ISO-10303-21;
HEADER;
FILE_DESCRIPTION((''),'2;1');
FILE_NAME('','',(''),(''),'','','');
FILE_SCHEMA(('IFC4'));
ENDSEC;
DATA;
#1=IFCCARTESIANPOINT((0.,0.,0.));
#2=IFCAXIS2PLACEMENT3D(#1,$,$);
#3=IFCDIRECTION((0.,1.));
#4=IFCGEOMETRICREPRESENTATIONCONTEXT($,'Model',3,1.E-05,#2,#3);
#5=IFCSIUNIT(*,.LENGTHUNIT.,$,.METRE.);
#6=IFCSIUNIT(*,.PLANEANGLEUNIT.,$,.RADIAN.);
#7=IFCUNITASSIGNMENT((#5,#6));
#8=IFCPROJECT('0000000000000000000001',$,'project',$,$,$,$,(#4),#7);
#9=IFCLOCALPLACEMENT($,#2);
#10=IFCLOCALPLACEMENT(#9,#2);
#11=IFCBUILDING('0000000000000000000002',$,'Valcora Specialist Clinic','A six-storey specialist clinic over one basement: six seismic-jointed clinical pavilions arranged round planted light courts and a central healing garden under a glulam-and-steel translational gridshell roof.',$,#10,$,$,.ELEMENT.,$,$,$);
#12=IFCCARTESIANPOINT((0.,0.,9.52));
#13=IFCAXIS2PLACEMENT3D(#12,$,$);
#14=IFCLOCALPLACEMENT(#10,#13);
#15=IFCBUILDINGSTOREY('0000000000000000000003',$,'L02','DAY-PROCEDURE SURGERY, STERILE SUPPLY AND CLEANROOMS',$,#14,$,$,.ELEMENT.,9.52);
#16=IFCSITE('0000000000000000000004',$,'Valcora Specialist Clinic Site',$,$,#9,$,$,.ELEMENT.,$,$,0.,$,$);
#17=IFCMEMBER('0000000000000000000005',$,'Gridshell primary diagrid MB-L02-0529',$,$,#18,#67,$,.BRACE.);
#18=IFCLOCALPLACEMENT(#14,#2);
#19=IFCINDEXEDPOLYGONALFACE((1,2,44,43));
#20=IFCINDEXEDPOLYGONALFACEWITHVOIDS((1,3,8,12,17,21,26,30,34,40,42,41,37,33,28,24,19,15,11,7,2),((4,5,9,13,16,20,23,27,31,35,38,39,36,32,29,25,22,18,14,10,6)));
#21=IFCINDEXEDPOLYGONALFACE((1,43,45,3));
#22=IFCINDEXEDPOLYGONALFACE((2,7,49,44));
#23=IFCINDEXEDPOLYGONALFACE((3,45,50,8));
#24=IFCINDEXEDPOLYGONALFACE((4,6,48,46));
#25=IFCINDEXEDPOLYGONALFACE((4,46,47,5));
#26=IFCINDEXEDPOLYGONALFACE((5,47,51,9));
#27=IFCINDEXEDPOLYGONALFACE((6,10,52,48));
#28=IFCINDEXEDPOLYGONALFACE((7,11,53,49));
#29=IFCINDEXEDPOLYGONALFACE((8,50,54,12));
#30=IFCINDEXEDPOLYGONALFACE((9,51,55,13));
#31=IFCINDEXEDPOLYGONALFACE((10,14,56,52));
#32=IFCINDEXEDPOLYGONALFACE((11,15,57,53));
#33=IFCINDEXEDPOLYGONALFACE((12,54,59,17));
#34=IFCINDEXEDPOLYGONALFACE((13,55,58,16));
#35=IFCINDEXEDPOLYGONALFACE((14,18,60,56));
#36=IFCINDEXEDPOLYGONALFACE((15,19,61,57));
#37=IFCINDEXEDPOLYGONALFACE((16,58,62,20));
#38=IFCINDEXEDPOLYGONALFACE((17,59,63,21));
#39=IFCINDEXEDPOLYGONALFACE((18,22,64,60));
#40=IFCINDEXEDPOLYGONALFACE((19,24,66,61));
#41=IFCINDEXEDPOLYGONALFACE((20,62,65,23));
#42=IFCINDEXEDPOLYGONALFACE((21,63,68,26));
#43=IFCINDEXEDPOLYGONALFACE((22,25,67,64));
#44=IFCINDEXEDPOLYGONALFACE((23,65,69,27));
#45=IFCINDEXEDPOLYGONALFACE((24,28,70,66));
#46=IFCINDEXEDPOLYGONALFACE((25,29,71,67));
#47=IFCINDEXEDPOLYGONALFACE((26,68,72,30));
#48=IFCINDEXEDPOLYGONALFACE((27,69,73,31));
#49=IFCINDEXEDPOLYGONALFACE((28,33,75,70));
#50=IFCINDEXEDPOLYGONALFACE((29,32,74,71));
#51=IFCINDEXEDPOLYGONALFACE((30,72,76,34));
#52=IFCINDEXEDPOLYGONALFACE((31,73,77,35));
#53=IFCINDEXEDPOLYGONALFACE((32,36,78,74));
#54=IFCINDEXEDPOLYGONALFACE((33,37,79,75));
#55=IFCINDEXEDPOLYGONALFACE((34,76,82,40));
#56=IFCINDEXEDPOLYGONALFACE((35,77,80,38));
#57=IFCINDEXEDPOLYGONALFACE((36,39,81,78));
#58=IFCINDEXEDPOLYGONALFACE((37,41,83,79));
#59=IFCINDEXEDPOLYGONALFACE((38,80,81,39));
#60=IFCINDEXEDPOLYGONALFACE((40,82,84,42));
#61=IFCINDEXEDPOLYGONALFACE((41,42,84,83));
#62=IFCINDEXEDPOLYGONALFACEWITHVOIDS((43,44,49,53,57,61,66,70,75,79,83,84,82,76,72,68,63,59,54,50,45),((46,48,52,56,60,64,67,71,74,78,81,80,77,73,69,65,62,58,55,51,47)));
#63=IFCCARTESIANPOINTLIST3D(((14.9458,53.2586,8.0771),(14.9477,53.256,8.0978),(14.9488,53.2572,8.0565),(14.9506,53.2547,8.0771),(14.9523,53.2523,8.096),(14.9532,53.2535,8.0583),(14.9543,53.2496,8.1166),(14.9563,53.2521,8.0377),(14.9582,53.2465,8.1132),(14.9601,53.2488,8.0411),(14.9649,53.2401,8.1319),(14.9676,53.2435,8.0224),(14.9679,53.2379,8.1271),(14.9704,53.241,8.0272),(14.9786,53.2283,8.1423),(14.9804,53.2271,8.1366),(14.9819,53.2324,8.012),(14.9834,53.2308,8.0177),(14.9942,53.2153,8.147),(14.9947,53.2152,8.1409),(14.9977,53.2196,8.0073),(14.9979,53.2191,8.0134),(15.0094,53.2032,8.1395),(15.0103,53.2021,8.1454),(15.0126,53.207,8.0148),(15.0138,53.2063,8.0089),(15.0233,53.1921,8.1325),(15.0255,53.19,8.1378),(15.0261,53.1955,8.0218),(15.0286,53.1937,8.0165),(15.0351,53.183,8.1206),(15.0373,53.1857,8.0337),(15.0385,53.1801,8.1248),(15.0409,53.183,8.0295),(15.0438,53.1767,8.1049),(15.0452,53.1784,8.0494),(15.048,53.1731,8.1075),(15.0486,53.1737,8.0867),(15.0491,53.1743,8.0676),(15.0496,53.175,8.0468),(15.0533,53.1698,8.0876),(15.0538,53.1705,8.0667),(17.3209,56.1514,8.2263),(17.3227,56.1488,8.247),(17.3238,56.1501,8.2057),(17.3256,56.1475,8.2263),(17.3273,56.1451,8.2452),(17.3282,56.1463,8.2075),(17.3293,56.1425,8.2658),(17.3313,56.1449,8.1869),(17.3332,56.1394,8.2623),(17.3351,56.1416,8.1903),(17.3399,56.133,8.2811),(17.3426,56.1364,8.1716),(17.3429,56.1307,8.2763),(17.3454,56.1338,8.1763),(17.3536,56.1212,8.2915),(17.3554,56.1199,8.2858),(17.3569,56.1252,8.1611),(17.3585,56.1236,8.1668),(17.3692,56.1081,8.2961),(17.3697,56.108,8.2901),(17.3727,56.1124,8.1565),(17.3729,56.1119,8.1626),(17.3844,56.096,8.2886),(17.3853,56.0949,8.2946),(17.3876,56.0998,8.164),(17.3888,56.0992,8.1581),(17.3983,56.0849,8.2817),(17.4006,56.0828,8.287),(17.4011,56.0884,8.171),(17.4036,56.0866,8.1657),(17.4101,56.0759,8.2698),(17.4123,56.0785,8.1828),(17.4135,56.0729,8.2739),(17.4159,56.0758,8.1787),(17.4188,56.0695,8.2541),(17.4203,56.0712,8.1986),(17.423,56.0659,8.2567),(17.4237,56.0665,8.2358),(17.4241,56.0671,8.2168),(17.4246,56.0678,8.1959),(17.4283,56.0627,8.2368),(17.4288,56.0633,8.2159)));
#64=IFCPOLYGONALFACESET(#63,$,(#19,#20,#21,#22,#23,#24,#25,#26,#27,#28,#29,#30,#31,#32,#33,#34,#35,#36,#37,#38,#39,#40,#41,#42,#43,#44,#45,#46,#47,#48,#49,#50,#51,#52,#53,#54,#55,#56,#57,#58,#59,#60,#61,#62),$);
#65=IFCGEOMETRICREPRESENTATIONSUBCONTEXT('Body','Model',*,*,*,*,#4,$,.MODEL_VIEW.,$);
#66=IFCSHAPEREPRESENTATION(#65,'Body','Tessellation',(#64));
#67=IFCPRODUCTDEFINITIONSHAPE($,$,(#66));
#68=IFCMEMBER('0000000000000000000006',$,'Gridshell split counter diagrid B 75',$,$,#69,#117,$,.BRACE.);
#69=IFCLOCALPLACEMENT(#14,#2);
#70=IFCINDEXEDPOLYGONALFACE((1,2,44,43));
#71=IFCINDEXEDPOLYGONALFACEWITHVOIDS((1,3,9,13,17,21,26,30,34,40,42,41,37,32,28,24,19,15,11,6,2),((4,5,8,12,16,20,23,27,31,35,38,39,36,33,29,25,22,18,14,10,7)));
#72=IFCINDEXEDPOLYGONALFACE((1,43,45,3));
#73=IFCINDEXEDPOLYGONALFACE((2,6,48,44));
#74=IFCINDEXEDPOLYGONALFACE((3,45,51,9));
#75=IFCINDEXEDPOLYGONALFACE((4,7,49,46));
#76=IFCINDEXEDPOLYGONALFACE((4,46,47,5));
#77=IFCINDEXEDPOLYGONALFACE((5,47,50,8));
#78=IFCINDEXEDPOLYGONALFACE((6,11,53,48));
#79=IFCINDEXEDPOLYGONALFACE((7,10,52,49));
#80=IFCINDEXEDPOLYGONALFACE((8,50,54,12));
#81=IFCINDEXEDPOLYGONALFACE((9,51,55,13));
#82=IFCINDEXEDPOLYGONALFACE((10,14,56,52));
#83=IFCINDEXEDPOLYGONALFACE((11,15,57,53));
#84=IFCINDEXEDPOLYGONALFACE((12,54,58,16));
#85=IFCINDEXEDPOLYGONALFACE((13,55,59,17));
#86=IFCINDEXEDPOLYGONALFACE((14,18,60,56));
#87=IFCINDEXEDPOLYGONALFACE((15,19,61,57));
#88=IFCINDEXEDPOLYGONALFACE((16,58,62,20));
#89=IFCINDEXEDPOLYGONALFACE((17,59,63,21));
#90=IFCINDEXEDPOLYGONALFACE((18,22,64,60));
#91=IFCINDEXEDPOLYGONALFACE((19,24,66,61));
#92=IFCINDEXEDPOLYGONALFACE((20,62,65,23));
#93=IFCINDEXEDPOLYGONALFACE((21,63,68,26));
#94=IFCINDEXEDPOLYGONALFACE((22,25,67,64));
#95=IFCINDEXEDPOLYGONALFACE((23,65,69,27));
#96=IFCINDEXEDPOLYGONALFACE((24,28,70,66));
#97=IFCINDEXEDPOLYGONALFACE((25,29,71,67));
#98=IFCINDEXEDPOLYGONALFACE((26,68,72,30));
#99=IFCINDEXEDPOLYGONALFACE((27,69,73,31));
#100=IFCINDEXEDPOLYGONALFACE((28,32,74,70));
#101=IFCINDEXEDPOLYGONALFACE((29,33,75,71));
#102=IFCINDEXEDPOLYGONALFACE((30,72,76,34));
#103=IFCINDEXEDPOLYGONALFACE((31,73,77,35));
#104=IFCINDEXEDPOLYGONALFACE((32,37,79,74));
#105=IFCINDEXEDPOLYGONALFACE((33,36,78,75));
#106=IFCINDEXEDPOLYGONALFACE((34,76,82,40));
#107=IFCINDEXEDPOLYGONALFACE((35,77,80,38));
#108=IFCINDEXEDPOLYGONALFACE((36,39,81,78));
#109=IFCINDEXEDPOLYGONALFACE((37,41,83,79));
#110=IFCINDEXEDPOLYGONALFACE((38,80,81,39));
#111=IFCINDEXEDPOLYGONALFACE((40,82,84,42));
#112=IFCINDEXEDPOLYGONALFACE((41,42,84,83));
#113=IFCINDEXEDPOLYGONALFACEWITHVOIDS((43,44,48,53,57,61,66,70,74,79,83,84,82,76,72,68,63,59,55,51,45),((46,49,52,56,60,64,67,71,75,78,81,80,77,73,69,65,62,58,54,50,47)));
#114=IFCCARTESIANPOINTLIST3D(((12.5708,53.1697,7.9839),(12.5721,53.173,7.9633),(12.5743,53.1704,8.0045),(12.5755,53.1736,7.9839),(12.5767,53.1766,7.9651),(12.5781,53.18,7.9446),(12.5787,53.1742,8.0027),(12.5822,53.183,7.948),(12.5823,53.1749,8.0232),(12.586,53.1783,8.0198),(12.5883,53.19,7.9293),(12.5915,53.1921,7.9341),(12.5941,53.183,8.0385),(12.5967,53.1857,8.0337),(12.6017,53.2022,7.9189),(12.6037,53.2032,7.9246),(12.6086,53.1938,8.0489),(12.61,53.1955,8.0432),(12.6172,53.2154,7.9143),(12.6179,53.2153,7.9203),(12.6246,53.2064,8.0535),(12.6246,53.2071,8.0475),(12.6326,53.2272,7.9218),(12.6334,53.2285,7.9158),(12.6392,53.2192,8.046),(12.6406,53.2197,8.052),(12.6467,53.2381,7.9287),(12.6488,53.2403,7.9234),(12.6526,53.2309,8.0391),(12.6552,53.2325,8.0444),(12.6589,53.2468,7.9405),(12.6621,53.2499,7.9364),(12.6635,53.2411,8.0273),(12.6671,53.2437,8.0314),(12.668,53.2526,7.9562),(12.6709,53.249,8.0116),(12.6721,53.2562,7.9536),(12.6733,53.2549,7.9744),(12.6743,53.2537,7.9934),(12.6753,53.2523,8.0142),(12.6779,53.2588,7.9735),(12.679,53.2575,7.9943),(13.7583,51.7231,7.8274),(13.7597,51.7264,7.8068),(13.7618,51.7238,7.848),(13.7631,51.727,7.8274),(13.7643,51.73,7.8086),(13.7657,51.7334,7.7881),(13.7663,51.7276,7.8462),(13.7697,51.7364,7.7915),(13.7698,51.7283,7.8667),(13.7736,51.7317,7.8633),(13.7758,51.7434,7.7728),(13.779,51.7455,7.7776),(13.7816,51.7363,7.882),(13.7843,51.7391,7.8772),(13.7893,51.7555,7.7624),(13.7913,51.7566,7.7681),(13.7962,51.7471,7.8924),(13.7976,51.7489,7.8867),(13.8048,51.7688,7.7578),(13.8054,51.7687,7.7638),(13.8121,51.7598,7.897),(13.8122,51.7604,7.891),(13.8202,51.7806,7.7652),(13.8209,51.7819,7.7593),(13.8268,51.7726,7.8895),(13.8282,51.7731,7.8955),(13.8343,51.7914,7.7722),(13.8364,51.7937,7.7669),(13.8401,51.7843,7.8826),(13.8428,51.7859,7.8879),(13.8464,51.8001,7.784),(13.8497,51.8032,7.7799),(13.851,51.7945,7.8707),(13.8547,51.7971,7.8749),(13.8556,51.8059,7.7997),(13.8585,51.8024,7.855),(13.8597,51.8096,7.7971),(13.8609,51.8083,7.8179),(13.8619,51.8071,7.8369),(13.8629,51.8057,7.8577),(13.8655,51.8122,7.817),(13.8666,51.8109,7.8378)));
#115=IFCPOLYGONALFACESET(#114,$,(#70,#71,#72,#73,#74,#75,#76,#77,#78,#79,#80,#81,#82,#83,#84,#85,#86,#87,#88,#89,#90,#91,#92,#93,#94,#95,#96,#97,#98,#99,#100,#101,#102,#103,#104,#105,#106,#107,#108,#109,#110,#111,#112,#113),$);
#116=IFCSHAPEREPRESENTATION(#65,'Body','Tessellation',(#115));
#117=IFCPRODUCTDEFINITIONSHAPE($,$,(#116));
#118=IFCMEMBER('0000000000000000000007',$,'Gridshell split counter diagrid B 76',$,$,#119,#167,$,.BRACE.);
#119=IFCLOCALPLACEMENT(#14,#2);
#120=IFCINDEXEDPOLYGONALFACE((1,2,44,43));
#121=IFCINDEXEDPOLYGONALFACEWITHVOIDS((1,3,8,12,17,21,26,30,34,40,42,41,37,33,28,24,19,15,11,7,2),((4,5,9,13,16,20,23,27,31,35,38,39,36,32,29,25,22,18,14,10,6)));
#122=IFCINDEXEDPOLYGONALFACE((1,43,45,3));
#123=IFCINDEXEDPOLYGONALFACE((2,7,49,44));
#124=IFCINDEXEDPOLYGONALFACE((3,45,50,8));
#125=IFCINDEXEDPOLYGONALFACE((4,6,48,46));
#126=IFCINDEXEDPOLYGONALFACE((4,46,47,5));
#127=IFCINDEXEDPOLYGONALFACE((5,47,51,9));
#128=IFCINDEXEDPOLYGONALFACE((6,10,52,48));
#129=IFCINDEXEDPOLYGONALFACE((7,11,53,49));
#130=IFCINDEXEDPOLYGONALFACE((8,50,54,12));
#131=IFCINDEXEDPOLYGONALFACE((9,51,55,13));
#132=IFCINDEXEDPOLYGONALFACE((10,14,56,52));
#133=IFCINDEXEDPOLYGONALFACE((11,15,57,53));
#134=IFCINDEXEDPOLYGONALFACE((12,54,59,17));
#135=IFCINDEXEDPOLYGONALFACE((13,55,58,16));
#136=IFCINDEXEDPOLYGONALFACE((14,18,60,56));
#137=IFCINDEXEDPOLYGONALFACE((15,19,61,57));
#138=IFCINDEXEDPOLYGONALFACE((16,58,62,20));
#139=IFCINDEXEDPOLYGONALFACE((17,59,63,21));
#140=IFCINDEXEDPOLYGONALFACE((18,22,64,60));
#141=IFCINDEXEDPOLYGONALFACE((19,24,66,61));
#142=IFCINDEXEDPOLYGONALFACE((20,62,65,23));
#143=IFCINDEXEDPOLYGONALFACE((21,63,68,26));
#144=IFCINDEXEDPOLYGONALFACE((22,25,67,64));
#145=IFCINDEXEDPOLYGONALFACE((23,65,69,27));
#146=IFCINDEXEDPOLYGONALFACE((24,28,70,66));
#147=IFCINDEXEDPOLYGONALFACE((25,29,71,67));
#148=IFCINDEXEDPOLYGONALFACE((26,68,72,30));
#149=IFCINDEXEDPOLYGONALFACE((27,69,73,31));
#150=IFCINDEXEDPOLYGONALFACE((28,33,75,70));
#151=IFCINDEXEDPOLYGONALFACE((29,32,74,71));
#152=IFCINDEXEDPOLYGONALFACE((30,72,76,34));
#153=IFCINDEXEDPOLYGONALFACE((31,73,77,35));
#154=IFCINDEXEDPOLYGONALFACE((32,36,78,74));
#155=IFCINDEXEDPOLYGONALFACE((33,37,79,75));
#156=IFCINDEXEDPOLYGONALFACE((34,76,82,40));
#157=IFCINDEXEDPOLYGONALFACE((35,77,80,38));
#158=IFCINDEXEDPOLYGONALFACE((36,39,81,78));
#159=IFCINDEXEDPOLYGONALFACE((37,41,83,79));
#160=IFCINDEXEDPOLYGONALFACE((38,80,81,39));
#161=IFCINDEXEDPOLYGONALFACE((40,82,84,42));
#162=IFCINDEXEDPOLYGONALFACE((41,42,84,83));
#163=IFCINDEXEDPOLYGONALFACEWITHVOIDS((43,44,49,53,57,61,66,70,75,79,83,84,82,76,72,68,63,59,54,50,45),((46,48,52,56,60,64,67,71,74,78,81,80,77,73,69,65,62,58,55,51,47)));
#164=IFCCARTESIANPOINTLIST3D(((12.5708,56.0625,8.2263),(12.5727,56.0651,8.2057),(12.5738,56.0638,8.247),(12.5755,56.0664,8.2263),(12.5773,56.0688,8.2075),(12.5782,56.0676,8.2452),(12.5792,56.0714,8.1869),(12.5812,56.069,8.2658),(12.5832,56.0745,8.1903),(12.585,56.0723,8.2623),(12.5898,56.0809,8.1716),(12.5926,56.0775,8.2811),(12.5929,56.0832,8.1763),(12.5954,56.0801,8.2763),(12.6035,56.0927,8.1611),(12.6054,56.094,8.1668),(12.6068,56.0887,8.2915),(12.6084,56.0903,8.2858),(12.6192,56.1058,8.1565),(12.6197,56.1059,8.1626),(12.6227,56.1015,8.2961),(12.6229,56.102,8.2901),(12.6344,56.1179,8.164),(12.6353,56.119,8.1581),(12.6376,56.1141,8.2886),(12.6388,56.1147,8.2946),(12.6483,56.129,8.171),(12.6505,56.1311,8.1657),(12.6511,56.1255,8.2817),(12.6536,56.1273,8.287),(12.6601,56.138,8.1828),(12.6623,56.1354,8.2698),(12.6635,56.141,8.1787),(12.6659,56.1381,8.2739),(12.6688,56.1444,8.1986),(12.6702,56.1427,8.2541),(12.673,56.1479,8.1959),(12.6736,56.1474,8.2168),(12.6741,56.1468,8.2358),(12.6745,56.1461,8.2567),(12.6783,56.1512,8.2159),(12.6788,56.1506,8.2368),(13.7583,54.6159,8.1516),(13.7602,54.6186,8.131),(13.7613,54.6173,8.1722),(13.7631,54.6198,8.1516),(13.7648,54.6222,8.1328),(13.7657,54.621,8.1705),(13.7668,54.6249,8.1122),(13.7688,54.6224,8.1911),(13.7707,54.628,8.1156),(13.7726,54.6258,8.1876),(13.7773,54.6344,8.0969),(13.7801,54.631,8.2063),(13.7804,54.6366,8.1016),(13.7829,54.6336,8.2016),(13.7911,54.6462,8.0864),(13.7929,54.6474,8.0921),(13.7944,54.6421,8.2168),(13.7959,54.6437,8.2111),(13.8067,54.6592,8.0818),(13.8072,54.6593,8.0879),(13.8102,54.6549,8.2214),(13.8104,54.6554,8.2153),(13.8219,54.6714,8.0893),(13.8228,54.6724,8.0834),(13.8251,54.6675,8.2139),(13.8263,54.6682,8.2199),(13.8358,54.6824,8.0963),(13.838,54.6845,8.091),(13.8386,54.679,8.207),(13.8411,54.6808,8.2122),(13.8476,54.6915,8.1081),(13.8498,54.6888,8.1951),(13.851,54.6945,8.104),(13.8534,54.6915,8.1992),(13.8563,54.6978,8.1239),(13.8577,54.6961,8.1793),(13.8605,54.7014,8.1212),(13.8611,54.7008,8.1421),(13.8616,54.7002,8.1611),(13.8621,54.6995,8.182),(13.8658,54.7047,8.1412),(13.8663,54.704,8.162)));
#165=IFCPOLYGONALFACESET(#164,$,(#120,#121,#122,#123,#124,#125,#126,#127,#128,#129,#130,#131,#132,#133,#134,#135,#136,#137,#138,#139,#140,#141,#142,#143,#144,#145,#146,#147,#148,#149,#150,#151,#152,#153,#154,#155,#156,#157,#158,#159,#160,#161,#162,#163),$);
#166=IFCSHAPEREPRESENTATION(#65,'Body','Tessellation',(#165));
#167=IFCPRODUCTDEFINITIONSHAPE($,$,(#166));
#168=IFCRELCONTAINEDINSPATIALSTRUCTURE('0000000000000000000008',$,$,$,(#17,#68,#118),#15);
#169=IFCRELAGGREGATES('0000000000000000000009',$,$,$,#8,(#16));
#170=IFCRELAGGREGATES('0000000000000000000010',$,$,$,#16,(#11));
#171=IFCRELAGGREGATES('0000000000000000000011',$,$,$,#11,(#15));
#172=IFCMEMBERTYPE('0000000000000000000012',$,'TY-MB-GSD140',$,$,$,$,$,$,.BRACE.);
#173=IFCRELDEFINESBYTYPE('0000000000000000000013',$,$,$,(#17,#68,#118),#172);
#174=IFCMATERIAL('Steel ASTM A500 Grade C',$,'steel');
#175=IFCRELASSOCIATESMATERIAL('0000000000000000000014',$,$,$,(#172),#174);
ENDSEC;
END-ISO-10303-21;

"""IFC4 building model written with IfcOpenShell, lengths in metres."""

from ifc_helpers import new_model, si_unit, direction, frame, origin, origin_2d, place, context, subcontext, project, spatial, hollow_circle, extrude, material, material_profile, profile_set, type_object, element, save


model = new_model("IFC4")

# Units and contexts
model_context = context("Model", 3, precision=1e-05, world=origin(), true_north=direction((0.0, 1.0)))
body_context = subcontext(model_context, "Body", "Model", "MODEL_VIEW")
ifc_project = project(units=[si_unit("LENGTHUNIT", "METRE"), si_unit("PLANEANGLEUNIT", "RADIAN")], contexts=[model_context])

# Site, building, storey
site_placement = place(None, origin())
site = spatial("IfcSite", under=ifc_project, at=site_placement, Name="Valcora Specialist Clinic Site", CompositionType="ELEMENT", RefElevation=0.0)
building_placement = place(site_placement, origin())
building = spatial("IfcBuilding", under=site, at=building_placement, Name="Valcora Specialist Clinic", Description="A six-storey specialist clinic over one basement: six seismic-jointed clinical pavilions arranged round planted light courts and a central healing garden under a glulam-and-steel translational gridshell roof.", CompositionType="ELEMENT")
storey_placement = place(building_placement, frame((0.0, 0.0, 9.52)))
storey = spatial("IfcBuildingStorey", under=building, at=storey_placement, Name="L02", Description="DAY-PROCEDURE SURGERY, STERILE SUPPLY AND CLEANROOMS", CompositionType="ELEMENT", Elevation=9.52)

# Members
ifc_material_1 = material(Name="Steel ASTM A500 Grade C", Category="steel")
ifc_material_profile_1 = material_profile(ifc_material_1, hollow_circle(Radius=0.0701, WallThickness=0.0061, at=origin_2d()), Name="ST-CHS-140X6")
ifc_profile_set_1 = profile_set([ifc_material_profile_1], Name="Steel ASTM A500 Grade C")
member_type_1 = type_object("IfcMemberType", Name="TY-MB-GSD140", PredefinedType="BRACE", material=ifc_profile_set_1)
member_1_placement = place(storey_placement, frame((15.0, 53.2141, 8.0771), z_axis=(0.634037, 0.772277, 0.039823), x_axis=(-0.77289, 0.63454, 0.0)))
element("IfcMember", 1, at=member_1_placement, inside=storey, type_object=member_type_1, Name="Gridshell primary diagrid MB-L02-0529", PredefinedType="BRACE", context=body_context, shape_type="SweptSolid", body=[
    extrude(hollow_circle(Radius=0.0701, WallThickness=0.0061, at=origin_2d()), origin(), (0.0, 0.0, 1.0), 3.7458),
])
member_2_placement = place(storey_placement, frame((13.8125, 51.7676, 7.8274), z_axis=(-0.632302, 0.770228, 0.083328), x_axis=(-0.772916, -0.634508, 0.0)))
element("IfcMember", 2, at=member_2_placement, inside=storey, type_object=member_type_1, Name="Gridshell split counter diagrid B 75", PredefinedType="BRACE", context=body_context, shape_type="SweptSolid", body=[
    extrude(hollow_circle(Radius=0.0701, WallThickness=0.0061, at=origin_2d()), origin(), (0.0, 0.0, 1.0), 1.8782),
])
member_3_placement = place(storey_placement, frame((13.8125, 54.6604, 8.1516), z_axis=(-0.634004, 0.772301, 0.039886), x_axis=(-0.772916, -0.634508, 0.0)))
element("IfcMember", 3, at=member_3_placement, inside=storey, type_object=member_type_1, Name="Gridshell split counter diagrid B 76", PredefinedType="BRACE", context=body_context, shape_type="SweptSolid", body=[
    extrude(hollow_circle(Radius=0.0701, WallThickness=0.0061, at=origin_2d()), origin(), (0.0, 0.0, 1.0), 1.873),
])

save(model, "model.ifc")
